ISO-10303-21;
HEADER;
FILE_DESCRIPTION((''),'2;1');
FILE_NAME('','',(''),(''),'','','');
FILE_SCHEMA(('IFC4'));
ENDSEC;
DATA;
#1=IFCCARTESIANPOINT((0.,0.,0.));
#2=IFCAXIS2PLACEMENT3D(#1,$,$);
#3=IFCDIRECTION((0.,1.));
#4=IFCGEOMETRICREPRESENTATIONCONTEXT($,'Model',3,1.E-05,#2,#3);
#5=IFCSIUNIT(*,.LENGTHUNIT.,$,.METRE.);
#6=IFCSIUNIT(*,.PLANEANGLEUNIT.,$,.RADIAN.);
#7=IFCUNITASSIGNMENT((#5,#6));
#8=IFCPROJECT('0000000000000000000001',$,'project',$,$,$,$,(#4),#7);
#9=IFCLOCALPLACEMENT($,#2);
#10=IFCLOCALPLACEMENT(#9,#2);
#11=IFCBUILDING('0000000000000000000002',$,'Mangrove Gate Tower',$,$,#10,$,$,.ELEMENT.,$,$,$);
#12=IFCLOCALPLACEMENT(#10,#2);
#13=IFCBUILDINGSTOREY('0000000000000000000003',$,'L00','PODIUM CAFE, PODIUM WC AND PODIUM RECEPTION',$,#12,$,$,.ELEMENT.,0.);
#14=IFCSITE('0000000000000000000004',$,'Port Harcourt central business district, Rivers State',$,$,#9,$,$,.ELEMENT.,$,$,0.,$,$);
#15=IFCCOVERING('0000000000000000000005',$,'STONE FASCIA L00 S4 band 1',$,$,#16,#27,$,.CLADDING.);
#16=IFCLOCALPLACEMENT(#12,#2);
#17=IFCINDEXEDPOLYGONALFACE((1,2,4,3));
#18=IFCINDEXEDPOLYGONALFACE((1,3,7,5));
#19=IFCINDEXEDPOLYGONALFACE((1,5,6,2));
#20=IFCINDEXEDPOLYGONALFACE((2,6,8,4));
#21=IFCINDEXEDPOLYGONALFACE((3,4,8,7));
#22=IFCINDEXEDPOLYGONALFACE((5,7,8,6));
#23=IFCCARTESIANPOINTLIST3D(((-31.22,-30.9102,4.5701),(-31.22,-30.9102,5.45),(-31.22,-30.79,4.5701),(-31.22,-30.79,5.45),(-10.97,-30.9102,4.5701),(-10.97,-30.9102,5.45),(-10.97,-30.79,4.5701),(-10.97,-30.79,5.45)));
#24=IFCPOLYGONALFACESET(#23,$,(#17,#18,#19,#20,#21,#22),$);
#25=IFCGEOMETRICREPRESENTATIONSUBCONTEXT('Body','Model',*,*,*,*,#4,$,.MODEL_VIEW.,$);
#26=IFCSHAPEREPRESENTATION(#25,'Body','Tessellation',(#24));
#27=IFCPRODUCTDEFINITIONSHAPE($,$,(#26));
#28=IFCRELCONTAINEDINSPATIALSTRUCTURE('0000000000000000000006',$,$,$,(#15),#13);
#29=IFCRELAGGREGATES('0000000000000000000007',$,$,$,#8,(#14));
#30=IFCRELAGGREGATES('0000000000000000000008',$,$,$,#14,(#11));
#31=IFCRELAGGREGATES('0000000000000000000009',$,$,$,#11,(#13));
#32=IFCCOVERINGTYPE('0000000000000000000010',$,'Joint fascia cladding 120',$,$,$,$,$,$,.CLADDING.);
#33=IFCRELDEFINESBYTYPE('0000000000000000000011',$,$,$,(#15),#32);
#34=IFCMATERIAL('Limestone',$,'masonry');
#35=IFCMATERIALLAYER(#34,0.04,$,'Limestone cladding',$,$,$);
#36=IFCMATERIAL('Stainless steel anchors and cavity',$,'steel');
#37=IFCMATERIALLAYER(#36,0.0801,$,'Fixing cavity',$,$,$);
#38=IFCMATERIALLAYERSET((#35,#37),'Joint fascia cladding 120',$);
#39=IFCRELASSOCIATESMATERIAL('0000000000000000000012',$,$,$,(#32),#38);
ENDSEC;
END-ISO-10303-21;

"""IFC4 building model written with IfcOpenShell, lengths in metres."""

from ifc_helpers import new_model, si_unit, direction, frame, frame_2d, origin, place, context, subcontext, project, spatial, rectangle, extrude, material, layer, layer_set, type_object, element, save


model = new_model("IFC4")

# Units and contexts
model_context = context("Model", 3, precision=1e-05, world=origin(), true_north=direction((0.0, 1.0)))
body_context = subcontext(model_context, "Body", "Model", "MODEL_VIEW")
ifc_project = project(units=[si_unit("LENGTHUNIT", "METRE"), si_unit("PLANEANGLEUNIT", "RADIAN")], contexts=[model_context])

# Site, building, storey
site_placement = place(None, origin())
site = spatial("IfcSite", under=ifc_project, at=site_placement, Name="Port Harcourt central business district, Rivers State", CompositionType="ELEMENT", RefElevation=0.0)
building_placement = place(site_placement, origin())
building = spatial("IfcBuilding", under=site, at=building_placement, Name="Mangrove Gate Tower", CompositionType="ELEMENT")
storey_placement = place(building_placement, origin())
storey = spatial("IfcBuildingStorey", under=building, at=storey_placement, Name="L00", Description="PODIUM CAFE, PODIUM WC AND PODIUM RECEPTION", CompositionType="ELEMENT", Elevation=0.0)

# Covering
ifc_material_1 = material(Name="Limestone", Category="masonry")
ifc_layer_1 = layer(ifc_material_1, 0.04, Name="Limestone cladding")
ifc_material_2 = material(Name="Stainless steel anchors and cavity", Category="steel")
ifc_layer_2 = layer(ifc_material_2, 0.0801, Name="Fixing cavity")
ifc_layer_set_1 = layer_set([ifc_layer_1, ifc_layer_2], Name="Joint fascia cladding 120")
covering_type = type_object("IfcCoveringType", Name="Joint fascia cladding 120", PredefinedType="CLADDING", material=ifc_layer_set_1)
covering_1_placement = place(storey_placement, frame((-31.22, -30.8501, 4.5701), z_axis=(0.0, 0.0, 1.0), x_axis=(1.0, 0.0, 0.0)))
element("IfcCovering", 1, at=covering_1_placement, inside=storey, type_object=covering_type, Name="STONE FASCIA L00 S4 band 1", PredefinedType="CLADDING", context=body_context, shape_type="SweptSolid", body=[
    extrude(rectangle(XDim=20.25, YDim=0.1201, at=frame_2d((10.125, 0.0))), origin(), (0.0, 0.0, 1.0), 0.8799),
])

save(model, "model.ifc")
